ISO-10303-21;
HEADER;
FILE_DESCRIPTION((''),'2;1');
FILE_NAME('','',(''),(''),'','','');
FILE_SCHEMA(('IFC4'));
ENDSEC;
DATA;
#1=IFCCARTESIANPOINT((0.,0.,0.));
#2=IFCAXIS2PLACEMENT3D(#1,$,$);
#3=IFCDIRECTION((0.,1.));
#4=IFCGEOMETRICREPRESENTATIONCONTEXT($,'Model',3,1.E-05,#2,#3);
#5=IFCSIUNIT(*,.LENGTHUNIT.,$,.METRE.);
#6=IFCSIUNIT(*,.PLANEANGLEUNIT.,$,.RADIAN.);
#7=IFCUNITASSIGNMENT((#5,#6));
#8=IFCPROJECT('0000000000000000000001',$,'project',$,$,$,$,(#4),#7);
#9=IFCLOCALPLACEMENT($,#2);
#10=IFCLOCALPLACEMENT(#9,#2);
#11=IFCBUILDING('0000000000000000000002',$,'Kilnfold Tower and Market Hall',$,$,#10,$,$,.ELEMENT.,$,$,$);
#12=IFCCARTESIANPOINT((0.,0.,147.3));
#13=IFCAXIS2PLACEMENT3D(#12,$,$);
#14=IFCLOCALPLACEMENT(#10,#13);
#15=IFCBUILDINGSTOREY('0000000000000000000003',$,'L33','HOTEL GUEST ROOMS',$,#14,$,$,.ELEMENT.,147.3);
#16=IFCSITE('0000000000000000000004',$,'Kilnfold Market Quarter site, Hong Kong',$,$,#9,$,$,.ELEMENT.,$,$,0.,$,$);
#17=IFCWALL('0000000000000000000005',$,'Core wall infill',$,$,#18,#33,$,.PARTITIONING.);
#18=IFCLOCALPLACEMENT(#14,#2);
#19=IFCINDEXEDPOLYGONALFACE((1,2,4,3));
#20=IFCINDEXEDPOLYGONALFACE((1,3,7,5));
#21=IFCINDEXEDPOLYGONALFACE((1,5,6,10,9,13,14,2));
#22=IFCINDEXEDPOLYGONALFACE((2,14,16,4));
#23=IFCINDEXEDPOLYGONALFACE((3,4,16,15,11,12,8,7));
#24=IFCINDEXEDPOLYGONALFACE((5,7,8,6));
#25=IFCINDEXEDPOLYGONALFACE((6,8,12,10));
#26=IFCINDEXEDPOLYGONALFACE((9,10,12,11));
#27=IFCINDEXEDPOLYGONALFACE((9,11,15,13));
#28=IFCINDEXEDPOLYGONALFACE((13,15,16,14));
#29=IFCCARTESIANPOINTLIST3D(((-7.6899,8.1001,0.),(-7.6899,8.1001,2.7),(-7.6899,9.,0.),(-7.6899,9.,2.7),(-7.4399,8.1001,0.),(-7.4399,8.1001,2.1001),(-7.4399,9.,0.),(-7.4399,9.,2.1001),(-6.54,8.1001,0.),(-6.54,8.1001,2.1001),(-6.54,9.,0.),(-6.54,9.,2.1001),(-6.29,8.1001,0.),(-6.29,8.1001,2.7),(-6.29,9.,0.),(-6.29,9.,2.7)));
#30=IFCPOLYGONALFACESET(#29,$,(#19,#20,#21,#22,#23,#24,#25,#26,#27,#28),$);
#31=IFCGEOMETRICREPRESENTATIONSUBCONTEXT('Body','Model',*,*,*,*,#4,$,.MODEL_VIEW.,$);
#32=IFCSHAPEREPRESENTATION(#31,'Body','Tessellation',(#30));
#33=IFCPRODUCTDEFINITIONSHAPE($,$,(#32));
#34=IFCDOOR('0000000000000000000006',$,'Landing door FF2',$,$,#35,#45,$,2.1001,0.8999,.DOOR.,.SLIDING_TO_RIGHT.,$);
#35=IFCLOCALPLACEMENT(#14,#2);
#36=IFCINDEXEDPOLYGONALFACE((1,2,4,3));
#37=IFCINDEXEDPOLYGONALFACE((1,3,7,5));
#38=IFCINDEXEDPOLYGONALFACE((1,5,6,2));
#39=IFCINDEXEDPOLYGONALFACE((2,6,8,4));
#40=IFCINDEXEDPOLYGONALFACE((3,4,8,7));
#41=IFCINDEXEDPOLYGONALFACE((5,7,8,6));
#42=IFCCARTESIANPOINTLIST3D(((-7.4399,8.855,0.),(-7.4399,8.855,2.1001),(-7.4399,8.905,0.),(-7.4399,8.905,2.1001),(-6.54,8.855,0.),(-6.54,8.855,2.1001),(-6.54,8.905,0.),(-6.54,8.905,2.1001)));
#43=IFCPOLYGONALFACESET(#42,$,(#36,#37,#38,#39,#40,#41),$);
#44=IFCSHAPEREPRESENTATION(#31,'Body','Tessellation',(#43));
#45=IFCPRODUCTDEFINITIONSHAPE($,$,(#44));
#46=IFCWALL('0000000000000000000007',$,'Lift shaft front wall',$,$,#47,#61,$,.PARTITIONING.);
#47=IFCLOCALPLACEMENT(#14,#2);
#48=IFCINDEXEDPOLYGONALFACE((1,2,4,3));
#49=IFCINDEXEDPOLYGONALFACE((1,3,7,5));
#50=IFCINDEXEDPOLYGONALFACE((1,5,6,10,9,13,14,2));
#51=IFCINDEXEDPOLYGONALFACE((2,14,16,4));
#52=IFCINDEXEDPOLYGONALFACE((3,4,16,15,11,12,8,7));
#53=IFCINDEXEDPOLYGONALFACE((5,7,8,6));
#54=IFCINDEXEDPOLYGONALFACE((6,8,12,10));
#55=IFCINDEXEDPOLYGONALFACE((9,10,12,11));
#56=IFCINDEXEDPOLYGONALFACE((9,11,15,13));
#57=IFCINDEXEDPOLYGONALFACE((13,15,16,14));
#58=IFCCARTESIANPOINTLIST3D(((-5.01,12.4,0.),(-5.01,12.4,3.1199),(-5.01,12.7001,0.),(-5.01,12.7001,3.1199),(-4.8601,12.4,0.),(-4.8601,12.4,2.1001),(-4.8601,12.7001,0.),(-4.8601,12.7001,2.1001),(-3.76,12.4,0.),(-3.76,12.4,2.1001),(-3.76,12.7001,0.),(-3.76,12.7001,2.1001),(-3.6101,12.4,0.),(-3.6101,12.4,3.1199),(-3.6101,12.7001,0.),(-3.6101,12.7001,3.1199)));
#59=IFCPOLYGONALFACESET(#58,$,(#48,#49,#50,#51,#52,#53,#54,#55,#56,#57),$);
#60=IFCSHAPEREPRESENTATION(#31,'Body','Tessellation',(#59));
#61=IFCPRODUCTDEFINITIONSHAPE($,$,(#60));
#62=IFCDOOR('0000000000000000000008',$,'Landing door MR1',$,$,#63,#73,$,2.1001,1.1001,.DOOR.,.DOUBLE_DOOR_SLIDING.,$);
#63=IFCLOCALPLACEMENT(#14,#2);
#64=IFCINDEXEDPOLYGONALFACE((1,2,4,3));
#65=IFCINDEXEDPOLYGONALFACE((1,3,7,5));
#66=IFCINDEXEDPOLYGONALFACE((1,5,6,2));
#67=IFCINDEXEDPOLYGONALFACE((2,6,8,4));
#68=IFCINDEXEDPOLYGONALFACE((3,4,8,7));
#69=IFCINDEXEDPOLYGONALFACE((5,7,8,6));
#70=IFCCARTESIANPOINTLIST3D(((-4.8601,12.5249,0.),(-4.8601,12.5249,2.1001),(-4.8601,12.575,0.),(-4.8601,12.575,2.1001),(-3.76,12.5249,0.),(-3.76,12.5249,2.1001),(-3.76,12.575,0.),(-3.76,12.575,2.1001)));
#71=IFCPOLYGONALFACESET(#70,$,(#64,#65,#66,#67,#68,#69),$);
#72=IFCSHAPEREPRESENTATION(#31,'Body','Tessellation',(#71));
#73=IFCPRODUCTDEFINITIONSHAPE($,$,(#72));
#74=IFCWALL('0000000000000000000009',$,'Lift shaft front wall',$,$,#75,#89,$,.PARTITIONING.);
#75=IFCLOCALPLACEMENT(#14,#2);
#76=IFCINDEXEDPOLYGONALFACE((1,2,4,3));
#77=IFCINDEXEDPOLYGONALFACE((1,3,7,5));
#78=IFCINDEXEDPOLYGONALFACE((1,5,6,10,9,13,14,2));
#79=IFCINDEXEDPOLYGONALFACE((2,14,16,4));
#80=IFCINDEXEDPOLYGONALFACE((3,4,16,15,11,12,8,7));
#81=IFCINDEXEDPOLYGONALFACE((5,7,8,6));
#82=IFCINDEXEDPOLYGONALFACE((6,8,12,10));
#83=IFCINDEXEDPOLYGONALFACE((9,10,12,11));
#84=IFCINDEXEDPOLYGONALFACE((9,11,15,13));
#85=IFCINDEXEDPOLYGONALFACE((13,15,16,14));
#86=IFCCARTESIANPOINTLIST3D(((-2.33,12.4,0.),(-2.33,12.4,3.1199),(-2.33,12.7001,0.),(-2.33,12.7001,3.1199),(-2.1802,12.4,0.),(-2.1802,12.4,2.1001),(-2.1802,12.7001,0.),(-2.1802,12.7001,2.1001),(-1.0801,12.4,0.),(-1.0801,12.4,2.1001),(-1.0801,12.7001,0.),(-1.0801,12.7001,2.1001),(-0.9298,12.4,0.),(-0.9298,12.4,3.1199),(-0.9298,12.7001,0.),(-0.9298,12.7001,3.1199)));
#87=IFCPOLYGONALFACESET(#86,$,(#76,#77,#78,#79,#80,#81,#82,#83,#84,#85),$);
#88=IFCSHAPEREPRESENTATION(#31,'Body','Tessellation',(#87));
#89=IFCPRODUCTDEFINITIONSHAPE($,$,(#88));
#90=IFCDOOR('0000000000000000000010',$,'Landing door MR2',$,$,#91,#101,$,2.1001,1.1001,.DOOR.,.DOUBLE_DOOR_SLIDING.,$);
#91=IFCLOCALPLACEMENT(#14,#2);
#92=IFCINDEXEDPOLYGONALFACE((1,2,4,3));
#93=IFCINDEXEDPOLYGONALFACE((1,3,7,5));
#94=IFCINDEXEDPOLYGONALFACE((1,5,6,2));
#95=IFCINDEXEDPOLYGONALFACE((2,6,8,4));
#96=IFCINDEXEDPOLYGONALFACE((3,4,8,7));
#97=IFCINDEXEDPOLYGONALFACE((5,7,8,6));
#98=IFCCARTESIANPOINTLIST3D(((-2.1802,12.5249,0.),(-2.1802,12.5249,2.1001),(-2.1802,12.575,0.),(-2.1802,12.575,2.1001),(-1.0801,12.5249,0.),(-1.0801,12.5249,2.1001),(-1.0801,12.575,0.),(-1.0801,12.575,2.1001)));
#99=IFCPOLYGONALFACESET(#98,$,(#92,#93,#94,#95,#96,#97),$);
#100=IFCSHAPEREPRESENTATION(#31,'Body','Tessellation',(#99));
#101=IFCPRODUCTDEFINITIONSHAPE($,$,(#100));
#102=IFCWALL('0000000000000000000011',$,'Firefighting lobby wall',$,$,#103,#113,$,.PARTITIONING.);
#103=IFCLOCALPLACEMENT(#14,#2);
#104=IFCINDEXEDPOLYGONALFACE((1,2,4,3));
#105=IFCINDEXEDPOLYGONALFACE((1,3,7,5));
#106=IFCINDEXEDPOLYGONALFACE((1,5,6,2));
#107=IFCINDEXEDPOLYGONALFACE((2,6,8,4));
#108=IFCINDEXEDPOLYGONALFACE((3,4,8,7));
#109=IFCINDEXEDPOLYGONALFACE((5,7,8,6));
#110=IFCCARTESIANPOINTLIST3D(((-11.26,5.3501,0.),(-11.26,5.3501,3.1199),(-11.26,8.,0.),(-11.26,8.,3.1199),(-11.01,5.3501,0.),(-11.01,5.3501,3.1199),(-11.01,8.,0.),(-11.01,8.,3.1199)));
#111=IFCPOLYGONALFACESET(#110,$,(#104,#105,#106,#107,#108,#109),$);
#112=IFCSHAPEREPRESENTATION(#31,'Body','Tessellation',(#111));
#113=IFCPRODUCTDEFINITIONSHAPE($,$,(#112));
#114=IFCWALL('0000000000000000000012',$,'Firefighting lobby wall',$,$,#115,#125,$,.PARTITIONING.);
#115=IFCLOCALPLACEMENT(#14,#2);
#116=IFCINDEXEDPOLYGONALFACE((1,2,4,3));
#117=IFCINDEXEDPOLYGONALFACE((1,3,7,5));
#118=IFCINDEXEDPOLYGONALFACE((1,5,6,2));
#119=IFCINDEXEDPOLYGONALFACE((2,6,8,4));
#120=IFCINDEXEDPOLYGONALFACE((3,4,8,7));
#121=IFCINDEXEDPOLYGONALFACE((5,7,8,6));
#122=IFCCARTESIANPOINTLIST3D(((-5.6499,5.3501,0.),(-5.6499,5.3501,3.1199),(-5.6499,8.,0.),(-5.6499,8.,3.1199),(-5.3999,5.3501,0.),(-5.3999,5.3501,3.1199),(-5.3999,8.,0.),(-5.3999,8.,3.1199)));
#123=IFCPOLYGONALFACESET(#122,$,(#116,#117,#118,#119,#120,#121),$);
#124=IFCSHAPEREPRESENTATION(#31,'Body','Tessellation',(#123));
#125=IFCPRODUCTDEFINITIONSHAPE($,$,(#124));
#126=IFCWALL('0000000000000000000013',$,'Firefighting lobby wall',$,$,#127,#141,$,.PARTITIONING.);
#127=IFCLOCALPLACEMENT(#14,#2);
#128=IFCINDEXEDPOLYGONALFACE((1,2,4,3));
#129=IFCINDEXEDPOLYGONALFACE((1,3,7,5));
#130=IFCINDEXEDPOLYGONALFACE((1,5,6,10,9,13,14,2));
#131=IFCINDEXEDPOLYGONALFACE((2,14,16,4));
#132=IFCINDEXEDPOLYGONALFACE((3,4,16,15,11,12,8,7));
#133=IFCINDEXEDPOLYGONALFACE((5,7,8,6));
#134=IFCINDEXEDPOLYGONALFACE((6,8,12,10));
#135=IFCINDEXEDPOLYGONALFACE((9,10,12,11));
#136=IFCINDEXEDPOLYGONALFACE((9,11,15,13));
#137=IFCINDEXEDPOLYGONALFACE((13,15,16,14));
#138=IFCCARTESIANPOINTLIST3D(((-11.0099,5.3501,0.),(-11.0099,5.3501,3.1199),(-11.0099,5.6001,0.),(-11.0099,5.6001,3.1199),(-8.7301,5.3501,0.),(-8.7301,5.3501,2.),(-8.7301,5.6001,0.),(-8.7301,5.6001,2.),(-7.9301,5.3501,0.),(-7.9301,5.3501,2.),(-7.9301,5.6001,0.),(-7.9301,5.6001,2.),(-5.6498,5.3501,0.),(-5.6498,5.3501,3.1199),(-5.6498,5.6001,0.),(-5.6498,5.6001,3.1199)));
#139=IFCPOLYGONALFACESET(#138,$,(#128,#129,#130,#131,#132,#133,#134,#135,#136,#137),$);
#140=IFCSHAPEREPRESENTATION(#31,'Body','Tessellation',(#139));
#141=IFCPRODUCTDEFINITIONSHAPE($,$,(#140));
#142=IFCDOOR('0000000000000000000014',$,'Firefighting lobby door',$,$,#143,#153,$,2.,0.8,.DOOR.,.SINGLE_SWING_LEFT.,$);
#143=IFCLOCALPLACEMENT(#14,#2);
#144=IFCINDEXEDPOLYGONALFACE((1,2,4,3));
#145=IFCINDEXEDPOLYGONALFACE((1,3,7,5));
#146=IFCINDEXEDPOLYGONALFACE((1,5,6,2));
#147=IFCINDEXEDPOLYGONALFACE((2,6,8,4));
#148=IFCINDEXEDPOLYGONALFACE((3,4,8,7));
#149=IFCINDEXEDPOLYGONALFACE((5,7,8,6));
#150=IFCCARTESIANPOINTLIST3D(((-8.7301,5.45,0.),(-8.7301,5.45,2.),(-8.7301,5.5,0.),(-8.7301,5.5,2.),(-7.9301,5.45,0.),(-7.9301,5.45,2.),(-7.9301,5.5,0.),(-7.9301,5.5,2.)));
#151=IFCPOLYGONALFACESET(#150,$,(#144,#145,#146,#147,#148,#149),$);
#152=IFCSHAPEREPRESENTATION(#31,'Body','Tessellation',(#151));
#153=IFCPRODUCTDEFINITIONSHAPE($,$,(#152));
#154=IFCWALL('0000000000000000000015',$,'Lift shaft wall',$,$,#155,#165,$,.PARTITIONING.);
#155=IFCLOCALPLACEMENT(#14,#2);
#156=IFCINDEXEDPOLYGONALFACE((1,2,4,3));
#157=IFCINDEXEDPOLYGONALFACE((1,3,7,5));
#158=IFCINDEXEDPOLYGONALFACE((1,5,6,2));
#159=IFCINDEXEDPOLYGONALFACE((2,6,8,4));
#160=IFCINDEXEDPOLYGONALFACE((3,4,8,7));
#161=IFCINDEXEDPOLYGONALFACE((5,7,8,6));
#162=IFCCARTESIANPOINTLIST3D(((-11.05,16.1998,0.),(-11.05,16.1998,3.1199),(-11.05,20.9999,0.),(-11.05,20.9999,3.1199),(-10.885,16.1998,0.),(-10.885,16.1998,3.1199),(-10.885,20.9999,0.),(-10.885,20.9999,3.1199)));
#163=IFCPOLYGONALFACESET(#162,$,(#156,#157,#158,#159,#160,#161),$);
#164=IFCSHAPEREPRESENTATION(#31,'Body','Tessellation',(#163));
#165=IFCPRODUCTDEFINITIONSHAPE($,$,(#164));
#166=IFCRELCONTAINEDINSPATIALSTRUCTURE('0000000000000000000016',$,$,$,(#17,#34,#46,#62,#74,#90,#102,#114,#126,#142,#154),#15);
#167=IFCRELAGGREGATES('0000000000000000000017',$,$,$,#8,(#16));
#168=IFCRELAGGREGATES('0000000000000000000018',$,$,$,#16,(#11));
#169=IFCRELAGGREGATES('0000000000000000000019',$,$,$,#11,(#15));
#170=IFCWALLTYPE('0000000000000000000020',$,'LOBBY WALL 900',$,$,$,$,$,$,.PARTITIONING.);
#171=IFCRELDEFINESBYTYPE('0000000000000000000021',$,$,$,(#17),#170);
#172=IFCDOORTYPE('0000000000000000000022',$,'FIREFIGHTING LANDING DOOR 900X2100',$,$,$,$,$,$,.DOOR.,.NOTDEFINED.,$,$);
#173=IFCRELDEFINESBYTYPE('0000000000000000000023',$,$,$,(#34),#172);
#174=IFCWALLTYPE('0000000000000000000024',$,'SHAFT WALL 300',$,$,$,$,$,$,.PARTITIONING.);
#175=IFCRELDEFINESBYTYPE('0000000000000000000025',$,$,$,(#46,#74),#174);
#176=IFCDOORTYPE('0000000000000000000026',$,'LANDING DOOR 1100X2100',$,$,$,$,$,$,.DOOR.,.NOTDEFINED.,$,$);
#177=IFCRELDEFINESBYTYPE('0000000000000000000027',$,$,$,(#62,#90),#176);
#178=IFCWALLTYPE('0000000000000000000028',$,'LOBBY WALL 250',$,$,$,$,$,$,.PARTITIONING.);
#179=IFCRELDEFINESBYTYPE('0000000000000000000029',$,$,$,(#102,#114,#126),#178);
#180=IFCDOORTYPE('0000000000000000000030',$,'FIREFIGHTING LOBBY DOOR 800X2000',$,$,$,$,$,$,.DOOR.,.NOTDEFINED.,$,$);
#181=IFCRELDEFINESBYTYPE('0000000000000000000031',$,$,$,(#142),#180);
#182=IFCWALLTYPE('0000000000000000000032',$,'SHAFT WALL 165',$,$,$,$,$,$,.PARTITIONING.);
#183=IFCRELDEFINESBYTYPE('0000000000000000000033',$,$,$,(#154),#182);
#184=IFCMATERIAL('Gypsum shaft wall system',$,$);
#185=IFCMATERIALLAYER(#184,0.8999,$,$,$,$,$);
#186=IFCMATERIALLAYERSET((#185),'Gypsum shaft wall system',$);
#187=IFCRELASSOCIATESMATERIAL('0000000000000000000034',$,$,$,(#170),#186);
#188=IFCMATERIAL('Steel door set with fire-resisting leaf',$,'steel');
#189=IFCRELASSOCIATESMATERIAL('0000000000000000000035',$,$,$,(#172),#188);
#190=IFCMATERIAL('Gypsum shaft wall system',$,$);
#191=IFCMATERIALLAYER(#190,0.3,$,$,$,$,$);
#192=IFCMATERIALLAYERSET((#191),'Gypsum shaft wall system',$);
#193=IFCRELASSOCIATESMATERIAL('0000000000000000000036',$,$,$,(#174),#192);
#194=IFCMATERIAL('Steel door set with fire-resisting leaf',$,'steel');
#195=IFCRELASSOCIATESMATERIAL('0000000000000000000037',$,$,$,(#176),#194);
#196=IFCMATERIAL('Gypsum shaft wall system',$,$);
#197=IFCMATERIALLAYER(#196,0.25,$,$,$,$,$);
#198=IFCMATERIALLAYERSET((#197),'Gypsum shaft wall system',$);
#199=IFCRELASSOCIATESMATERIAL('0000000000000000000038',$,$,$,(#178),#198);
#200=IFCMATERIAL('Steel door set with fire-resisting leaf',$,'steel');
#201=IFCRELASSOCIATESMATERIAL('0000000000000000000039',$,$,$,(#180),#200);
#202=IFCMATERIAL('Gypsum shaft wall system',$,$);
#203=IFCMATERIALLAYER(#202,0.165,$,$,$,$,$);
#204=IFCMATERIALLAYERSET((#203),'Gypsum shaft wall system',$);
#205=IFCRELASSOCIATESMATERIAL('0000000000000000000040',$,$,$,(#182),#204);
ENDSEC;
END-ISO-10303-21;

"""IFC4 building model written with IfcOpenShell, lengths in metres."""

from ifc_helpers import new_model, si_unit, direction, frame, frame_2d, origin, place, context, subcontext, project, spatial, rectangle, extrude, source, transform, mapped, material, layer, layer_set, type_object, element, fill, save


model = new_model("IFC4")

# Units and contexts
model_context = context("Model", 3, precision=1e-05, world=origin(), true_north=direction((0.0, 1.0)))
body_context = subcontext(model_context, "Body", "Model", "MODEL_VIEW")
ifc_project = project(units=[si_unit("LENGTHUNIT", "METRE"), si_unit("PLANEANGLEUNIT", "RADIAN")], contexts=[model_context])

# Site, building, storey
site_placement = place(None, origin())
site = spatial("IfcSite", under=ifc_project, at=site_placement, Name="Kilnfold Market Quarter site, Hong Kong", CompositionType="ELEMENT", RefElevation=0.0)
building_placement = place(site_placement, origin())
building = spatial("IfcBuilding", under=site, at=building_placement, Name="Kilnfold Tower and Market Hall", CompositionType="ELEMENT")
storey_placement = place(building_placement, frame((0.0, 0.0, 147.3)))
storey = spatial("IfcBuildingStorey", under=building, at=storey_placement, Name="L33", Description="HOTEL GUEST ROOMS", CompositionType="ELEMENT", Elevation=147.3)

# Walls, openings, doors
ifc_material_1 = material(Name="Gypsum shaft wall system")
ifc_layer_1 = layer(ifc_material_1, 0.8999)
ifc_layer_set_1 = layer_set([ifc_layer_1], Name="Gypsum shaft wall system")
wall_type_1 = type_object("IfcWallType", Name="LOBBY WALL 900", PredefinedType="PARTITIONING", material=ifc_layer_set_1)
ifc_material_2 = material(Name="Steel door set with fire-resisting leaf", Category="steel")
door_type_1 = type_object("IfcDoorType", Name="FIREFIGHTING LANDING DOOR 900X2100", OperationType="NOTDEFINED", PredefinedType="DOOR", material=ifc_material_2)
shared_shape_1 = source(origin(), body_context, "Body", "SweptSolid", [
    extrude(rectangle(XDim=1.3999, YDim=0.8999, at=frame_2d((0.7, 0.0))), origin(), (0.0, 0.0, 1.0), 2.7),
])
wall_1_placement = place(storey_placement, frame((-7.6899, 8.55, 0.0), z_axis=(0.0, 0.0, 1.0), x_axis=(1.0, 0.0, 0.0)))
wall_1 = element("IfcWall", 1, at=wall_1_placement, inside=storey, type_object=wall_type_1, Name="Core wall infill", PredefinedType="PARTITIONING", context=body_context, shape_type="MappedRepresentation", body=[
    mapped(shared_shape_1, transform((0.0, 0.0, 0.0))),
])
opening_1_placement = place(wall_1_placement, frame((0.25, 0.0, 0.0)))
opening_1 = element("IfcOpeningElement", 2, at=opening_1_placement, cuts=wall_1, PredefinedType="OPENING", context=body_context, shape_type="SweptSolid", body=[
    extrude(rectangle(XDim=0.8999, YDim=2.1001, at=frame_2d((0.45, 1.05))), frame((0.0, 0.46, 0.0), z_axis=(0.0, -1.0, 0.0), x_axis=(1.0, 0.0, 0.0)), (0.0, 0.0, 1.0), 0.9199),
])
door_1_placement = place(opening_1_placement, origin())
door_1 = element("IfcDoor", 3, at=door_1_placement, inside=storey, type_object=door_type_1, Name="Landing door FF2", OperationType="SLIDING_TO_RIGHT", OverallHeight=2.1001, OverallWidth=0.8999, PredefinedType="DOOR", context=body_context, shape_type="SweptSolid", body=[
    extrude(rectangle(XDim=0.8999, YDim=2.1001, at=frame_2d((0.45, 1.05))), frame((0.0, 0.355, 0.0), z_axis=(0.0, -1.0, 0.0), x_axis=(1.0, 0.0, 0.0)), (0.0, 0.0, 1.0), 0.05),
])
fill(opening_1, door_1)
ifc_material_3 = material(Name="Gypsum shaft wall system")
ifc_layer_2 = layer(ifc_material_3, 0.3)
ifc_layer_set_2 = layer_set([ifc_layer_2], Name="Gypsum shaft wall system")
wall_type_2 = type_object("IfcWallType", Name="SHAFT WALL 300", PredefinedType="PARTITIONING", material=ifc_layer_set_2)
shared_shape_2 = source(origin(), body_context, "Body", "SweptSolid", [
    extrude(rectangle(XDim=1.3999, YDim=0.3, at=frame_2d((0.7, 0.0))), origin(), (0.0, 0.0, 1.0), 3.1199),
])
wall_2_placement = place(storey_placement, frame((-5.01, 12.55, 0.0), z_axis=(0.0, 0.0, 1.0), x_axis=(1.0, 0.0, 0.0)))
wall_2 = element("IfcWall", 4, at=wall_2_placement, inside=storey, type_object=wall_type_2, Name="Lift shaft front wall", PredefinedType="PARTITIONING", context=body_context, shape_type="MappedRepresentation", body=[
    mapped(shared_shape_2, transform((0.0, 0.0, 0.0))),
])
opening_2_placement = place(wall_2_placement, frame((0.1499, 0.0, 0.0)))
opening_2 = element("IfcOpeningElement", 5, at=opening_2_placement, cuts=wall_2, PredefinedType="OPENING", context=body_context, shape_type="SweptSolid", body=[
    extrude(rectangle(XDim=1.1001, YDim=2.1001, at=frame_2d((0.55, 1.05))), frame((0.0, 0.1602, 0.0), z_axis=(0.0, -1.0, 0.0), x_axis=(1.0, 0.0, 0.0)), (0.0, 0.0, 1.0), 0.3201),
])
ifc_material_4 = material(Name="Steel door set with fire-resisting leaf", Category="steel")
door_type_2 = type_object("IfcDoorType", Name="LANDING DOOR 1100X2100", OperationType="NOTDEFINED", PredefinedType="DOOR", material=ifc_material_4)
door_2_placement = place(opening_2_placement, origin())
door_2 = element("IfcDoor", 6, at=door_2_placement, inside=storey, type_object=door_type_2, Name="Landing door MR1", OperationType="DOUBLE_DOOR_SLIDING", OverallHeight=2.1001, OverallWidth=1.1001, PredefinedType="DOOR", context=body_context, shape_type="SweptSolid", body=[
    extrude(rectangle(XDim=1.1001, YDim=2.1001, at=frame_2d((0.55, 1.05))), frame((0.0, 0.0249, 0.0), z_axis=(0.0, -1.0, 0.0), x_axis=(1.0, 0.0, 0.0)), (0.0, 0.0, 1.0), 0.05),
])
fill(opening_2, door_2)
shared_shape_3 = source(origin(), body_context, "Body", "SweptSolid", [
    extrude(rectangle(XDim=1.4001, YDim=0.3, at=frame_2d((0.7002, 0.0))), origin(), (0.0, 0.0, 1.0), 3.1199),
])
wall_3_placement = place(storey_placement, frame((-2.3301, 12.55, 0.0), z_axis=(0.0, 0.0, 1.0), x_axis=(1.0, 0.0, 0.0)))
wall_3 = element("IfcWall", 7, at=wall_3_placement, inside=storey, type_object=wall_type_2, Name="Lift shaft front wall", PredefinedType="PARTITIONING", context=body_context, shape_type="MappedRepresentation", body=[
    mapped(shared_shape_3, transform((0.0, 0.0, 0.0))),
])
opening_3_placement = place(wall_3_placement, frame((0.1499, 0.0, 0.0)))
opening_3 = element("IfcOpeningElement", 8, at=opening_3_placement, cuts=wall_3, PredefinedType="OPENING", context=body_context, shape_type="SweptSolid", body=[
    extrude(rectangle(XDim=1.1001, YDim=2.1001, at=frame_2d((0.55, 1.05))), frame((0.0, 0.1602, 0.0), z_axis=(0.0, -1.0, 0.0), x_axis=(1.0, 0.0, 0.0)), (0.0, 0.0, 1.0), 0.3201),
])
door_3_placement = place(opening_3_placement, origin())
door_3 = element("IfcDoor", 9, at=door_3_placement, inside=storey, type_object=door_type_2, Name="Landing door MR2", OperationType="DOUBLE_DOOR_SLIDING", OverallHeight=2.1001, OverallWidth=1.1001, PredefinedType="DOOR", context=body_context, shape_type="SweptSolid", body=[
    extrude(rectangle(XDim=1.1001, YDim=2.1001, at=frame_2d((0.55, 1.05))), frame((0.0, 0.0249, 0.0), z_axis=(0.0, -1.0, 0.0), x_axis=(1.0, 0.0, 0.0)), (0.0, 0.0, 1.0), 0.05),
])
fill(opening_3, door_3)

# Walls
ifc_material_5 = material(Name="Gypsum shaft wall system")
ifc_layer_3 = layer(ifc_material_5, 0.25)
ifc_layer_set_3 = layer_set([ifc_layer_3], Name="Gypsum shaft wall system")
wall_type_3 = type_object("IfcWallType", Name="LOBBY WALL 250", PredefinedType="PARTITIONING", material=ifc_layer_set_3)
shared_shape_4 = source(origin(), body_context, "Body", "SweptSolid", [
    extrude(rectangle(XDim=2.6499, YDim=0.25, at=frame_2d((1.325, 0.0))), origin(), (0.0, 0.0, 1.0), 3.1199),
])
for number, where, z_axis, x_axis, name in (
    (10, (-11.135, 5.3501, 0.0), (0.0, 0.0, 1.0), (0.0, 1.0, 0.0), "Firefighting lobby wall"),
    (11, (-5.5249, 5.3501, 0.0), (0.0, 0.0, 1.0), (0.0, 1.0, 0.0), "Firefighting lobby wall"),
):
    element("IfcWall", number, at=place(storey_placement, frame(where, z_axis=z_axis, x_axis=x_axis)), inside=storey, type_object=wall_type_3, Name=name, PredefinedType="PARTITIONING", context=body_context, shape_type="MappedRepresentation", body=[
        mapped(shared_shape_4, transform((0.0, 0.0, 0.0))),
    ])

# Wall, opening, door
shared_shape_5 = source(origin(), body_context, "Body", "SweptSolid", [
    extrude(rectangle(XDim=5.3601, YDim=0.25, at=frame_2d((2.6802, 0.0))), origin(), (0.0, 0.0, 1.0), 3.1199),
])
wall_4_placement = place(storey_placement, frame((-11.01, 5.4751, 0.0), z_axis=(0.0, 0.0, 1.0), x_axis=(1.0, 0.0, 0.0)))
wall_4 = element("IfcWall", 12, at=wall_4_placement, inside=storey, type_object=wall_type_3, Name="Firefighting lobby wall", PredefinedType="PARTITIONING", context=body_context, shape_type="MappedRepresentation", body=[
    mapped(shared_shape_5, transform((0.0, 0.0, 0.0))),
])
opening_4_placement = place(wall_4_placement, frame((2.28, 0.0, 0.0)))
opening_4 = element("IfcOpeningElement", 13, at=opening_4_placement, cuts=wall_4, PredefinedType="OPENING", context=body_context, shape_type="SweptSolid", body=[
    extrude(rectangle(XDim=0.8, YDim=2.0, at=frame_2d((0.3999, 1.0))), frame((0.0, 0.135, 0.0), z_axis=(0.0, -1.0, 0.0), x_axis=(1.0, 0.0, 0.0)), (0.0, 0.0, 1.0), 0.27),
])
ifc_material_6 = material(Name="Steel door set with fire-resisting leaf", Category="steel")
door_type_3 = type_object("IfcDoorType", Name="FIREFIGHTING LOBBY DOOR 800X2000", OperationType="NOTDEFINED", PredefinedType="DOOR", material=ifc_material_6)
door_4_placement = place(opening_4_placement, origin())
door_4 = element("IfcDoor", 14, at=door_4_placement, inside=storey, type_object=door_type_3, Name="Firefighting lobby door", OperationType="SINGLE_SWING_LEFT", OverallHeight=2.0, OverallWidth=0.8, PredefinedType="DOOR", context=body_context, shape_type="SweptSolid", body=[
    extrude(rectangle(XDim=0.8, YDim=2.0, at=frame_2d((0.3999, 1.0))), frame((0.0, 0.0249, 0.0), z_axis=(0.0, -1.0, 0.0), x_axis=(1.0, 0.0, 0.0)), (0.0, 0.0, 1.0), 0.05),
])
fill(opening_4, door_4)

# Wall
ifc_material_7 = material(Name="Gypsum shaft wall system")
ifc_layer_4 = layer(ifc_material_7, 0.165)
ifc_layer_set_4 = layer_set([ifc_layer_4], Name="Gypsum shaft wall system")
wall_type_4 = type_object("IfcWallType", Name="SHAFT WALL 165", PredefinedType="PARTITIONING", material=ifc_layer_set_4)
shared_shape_6 = source(origin(), body_context, "Body", "SweptSolid", [
    extrude(rectangle(XDim=4.8, YDim=0.165, at=frame_2d((2.3999, 0.0))), origin(), (0.0, 0.0, 1.0), 3.1199),
])
wall_5_placement = place(storey_placement, frame((-10.9675, 16.2, 0.0), z_axis=(0.0, 0.0, 1.0), x_axis=(0.0, 1.0, 0.0)))
element("IfcWall", 15, at=wall_5_placement, inside=storey, type_object=wall_type_4, Name="Lift shaft wall", PredefinedType="PARTITIONING", context=body_context, shape_type="MappedRepresentation", body=[
    mapped(shared_shape_6, transform((0.0, 0.0, 0.0))),
])

save(model, "model.ifc")
